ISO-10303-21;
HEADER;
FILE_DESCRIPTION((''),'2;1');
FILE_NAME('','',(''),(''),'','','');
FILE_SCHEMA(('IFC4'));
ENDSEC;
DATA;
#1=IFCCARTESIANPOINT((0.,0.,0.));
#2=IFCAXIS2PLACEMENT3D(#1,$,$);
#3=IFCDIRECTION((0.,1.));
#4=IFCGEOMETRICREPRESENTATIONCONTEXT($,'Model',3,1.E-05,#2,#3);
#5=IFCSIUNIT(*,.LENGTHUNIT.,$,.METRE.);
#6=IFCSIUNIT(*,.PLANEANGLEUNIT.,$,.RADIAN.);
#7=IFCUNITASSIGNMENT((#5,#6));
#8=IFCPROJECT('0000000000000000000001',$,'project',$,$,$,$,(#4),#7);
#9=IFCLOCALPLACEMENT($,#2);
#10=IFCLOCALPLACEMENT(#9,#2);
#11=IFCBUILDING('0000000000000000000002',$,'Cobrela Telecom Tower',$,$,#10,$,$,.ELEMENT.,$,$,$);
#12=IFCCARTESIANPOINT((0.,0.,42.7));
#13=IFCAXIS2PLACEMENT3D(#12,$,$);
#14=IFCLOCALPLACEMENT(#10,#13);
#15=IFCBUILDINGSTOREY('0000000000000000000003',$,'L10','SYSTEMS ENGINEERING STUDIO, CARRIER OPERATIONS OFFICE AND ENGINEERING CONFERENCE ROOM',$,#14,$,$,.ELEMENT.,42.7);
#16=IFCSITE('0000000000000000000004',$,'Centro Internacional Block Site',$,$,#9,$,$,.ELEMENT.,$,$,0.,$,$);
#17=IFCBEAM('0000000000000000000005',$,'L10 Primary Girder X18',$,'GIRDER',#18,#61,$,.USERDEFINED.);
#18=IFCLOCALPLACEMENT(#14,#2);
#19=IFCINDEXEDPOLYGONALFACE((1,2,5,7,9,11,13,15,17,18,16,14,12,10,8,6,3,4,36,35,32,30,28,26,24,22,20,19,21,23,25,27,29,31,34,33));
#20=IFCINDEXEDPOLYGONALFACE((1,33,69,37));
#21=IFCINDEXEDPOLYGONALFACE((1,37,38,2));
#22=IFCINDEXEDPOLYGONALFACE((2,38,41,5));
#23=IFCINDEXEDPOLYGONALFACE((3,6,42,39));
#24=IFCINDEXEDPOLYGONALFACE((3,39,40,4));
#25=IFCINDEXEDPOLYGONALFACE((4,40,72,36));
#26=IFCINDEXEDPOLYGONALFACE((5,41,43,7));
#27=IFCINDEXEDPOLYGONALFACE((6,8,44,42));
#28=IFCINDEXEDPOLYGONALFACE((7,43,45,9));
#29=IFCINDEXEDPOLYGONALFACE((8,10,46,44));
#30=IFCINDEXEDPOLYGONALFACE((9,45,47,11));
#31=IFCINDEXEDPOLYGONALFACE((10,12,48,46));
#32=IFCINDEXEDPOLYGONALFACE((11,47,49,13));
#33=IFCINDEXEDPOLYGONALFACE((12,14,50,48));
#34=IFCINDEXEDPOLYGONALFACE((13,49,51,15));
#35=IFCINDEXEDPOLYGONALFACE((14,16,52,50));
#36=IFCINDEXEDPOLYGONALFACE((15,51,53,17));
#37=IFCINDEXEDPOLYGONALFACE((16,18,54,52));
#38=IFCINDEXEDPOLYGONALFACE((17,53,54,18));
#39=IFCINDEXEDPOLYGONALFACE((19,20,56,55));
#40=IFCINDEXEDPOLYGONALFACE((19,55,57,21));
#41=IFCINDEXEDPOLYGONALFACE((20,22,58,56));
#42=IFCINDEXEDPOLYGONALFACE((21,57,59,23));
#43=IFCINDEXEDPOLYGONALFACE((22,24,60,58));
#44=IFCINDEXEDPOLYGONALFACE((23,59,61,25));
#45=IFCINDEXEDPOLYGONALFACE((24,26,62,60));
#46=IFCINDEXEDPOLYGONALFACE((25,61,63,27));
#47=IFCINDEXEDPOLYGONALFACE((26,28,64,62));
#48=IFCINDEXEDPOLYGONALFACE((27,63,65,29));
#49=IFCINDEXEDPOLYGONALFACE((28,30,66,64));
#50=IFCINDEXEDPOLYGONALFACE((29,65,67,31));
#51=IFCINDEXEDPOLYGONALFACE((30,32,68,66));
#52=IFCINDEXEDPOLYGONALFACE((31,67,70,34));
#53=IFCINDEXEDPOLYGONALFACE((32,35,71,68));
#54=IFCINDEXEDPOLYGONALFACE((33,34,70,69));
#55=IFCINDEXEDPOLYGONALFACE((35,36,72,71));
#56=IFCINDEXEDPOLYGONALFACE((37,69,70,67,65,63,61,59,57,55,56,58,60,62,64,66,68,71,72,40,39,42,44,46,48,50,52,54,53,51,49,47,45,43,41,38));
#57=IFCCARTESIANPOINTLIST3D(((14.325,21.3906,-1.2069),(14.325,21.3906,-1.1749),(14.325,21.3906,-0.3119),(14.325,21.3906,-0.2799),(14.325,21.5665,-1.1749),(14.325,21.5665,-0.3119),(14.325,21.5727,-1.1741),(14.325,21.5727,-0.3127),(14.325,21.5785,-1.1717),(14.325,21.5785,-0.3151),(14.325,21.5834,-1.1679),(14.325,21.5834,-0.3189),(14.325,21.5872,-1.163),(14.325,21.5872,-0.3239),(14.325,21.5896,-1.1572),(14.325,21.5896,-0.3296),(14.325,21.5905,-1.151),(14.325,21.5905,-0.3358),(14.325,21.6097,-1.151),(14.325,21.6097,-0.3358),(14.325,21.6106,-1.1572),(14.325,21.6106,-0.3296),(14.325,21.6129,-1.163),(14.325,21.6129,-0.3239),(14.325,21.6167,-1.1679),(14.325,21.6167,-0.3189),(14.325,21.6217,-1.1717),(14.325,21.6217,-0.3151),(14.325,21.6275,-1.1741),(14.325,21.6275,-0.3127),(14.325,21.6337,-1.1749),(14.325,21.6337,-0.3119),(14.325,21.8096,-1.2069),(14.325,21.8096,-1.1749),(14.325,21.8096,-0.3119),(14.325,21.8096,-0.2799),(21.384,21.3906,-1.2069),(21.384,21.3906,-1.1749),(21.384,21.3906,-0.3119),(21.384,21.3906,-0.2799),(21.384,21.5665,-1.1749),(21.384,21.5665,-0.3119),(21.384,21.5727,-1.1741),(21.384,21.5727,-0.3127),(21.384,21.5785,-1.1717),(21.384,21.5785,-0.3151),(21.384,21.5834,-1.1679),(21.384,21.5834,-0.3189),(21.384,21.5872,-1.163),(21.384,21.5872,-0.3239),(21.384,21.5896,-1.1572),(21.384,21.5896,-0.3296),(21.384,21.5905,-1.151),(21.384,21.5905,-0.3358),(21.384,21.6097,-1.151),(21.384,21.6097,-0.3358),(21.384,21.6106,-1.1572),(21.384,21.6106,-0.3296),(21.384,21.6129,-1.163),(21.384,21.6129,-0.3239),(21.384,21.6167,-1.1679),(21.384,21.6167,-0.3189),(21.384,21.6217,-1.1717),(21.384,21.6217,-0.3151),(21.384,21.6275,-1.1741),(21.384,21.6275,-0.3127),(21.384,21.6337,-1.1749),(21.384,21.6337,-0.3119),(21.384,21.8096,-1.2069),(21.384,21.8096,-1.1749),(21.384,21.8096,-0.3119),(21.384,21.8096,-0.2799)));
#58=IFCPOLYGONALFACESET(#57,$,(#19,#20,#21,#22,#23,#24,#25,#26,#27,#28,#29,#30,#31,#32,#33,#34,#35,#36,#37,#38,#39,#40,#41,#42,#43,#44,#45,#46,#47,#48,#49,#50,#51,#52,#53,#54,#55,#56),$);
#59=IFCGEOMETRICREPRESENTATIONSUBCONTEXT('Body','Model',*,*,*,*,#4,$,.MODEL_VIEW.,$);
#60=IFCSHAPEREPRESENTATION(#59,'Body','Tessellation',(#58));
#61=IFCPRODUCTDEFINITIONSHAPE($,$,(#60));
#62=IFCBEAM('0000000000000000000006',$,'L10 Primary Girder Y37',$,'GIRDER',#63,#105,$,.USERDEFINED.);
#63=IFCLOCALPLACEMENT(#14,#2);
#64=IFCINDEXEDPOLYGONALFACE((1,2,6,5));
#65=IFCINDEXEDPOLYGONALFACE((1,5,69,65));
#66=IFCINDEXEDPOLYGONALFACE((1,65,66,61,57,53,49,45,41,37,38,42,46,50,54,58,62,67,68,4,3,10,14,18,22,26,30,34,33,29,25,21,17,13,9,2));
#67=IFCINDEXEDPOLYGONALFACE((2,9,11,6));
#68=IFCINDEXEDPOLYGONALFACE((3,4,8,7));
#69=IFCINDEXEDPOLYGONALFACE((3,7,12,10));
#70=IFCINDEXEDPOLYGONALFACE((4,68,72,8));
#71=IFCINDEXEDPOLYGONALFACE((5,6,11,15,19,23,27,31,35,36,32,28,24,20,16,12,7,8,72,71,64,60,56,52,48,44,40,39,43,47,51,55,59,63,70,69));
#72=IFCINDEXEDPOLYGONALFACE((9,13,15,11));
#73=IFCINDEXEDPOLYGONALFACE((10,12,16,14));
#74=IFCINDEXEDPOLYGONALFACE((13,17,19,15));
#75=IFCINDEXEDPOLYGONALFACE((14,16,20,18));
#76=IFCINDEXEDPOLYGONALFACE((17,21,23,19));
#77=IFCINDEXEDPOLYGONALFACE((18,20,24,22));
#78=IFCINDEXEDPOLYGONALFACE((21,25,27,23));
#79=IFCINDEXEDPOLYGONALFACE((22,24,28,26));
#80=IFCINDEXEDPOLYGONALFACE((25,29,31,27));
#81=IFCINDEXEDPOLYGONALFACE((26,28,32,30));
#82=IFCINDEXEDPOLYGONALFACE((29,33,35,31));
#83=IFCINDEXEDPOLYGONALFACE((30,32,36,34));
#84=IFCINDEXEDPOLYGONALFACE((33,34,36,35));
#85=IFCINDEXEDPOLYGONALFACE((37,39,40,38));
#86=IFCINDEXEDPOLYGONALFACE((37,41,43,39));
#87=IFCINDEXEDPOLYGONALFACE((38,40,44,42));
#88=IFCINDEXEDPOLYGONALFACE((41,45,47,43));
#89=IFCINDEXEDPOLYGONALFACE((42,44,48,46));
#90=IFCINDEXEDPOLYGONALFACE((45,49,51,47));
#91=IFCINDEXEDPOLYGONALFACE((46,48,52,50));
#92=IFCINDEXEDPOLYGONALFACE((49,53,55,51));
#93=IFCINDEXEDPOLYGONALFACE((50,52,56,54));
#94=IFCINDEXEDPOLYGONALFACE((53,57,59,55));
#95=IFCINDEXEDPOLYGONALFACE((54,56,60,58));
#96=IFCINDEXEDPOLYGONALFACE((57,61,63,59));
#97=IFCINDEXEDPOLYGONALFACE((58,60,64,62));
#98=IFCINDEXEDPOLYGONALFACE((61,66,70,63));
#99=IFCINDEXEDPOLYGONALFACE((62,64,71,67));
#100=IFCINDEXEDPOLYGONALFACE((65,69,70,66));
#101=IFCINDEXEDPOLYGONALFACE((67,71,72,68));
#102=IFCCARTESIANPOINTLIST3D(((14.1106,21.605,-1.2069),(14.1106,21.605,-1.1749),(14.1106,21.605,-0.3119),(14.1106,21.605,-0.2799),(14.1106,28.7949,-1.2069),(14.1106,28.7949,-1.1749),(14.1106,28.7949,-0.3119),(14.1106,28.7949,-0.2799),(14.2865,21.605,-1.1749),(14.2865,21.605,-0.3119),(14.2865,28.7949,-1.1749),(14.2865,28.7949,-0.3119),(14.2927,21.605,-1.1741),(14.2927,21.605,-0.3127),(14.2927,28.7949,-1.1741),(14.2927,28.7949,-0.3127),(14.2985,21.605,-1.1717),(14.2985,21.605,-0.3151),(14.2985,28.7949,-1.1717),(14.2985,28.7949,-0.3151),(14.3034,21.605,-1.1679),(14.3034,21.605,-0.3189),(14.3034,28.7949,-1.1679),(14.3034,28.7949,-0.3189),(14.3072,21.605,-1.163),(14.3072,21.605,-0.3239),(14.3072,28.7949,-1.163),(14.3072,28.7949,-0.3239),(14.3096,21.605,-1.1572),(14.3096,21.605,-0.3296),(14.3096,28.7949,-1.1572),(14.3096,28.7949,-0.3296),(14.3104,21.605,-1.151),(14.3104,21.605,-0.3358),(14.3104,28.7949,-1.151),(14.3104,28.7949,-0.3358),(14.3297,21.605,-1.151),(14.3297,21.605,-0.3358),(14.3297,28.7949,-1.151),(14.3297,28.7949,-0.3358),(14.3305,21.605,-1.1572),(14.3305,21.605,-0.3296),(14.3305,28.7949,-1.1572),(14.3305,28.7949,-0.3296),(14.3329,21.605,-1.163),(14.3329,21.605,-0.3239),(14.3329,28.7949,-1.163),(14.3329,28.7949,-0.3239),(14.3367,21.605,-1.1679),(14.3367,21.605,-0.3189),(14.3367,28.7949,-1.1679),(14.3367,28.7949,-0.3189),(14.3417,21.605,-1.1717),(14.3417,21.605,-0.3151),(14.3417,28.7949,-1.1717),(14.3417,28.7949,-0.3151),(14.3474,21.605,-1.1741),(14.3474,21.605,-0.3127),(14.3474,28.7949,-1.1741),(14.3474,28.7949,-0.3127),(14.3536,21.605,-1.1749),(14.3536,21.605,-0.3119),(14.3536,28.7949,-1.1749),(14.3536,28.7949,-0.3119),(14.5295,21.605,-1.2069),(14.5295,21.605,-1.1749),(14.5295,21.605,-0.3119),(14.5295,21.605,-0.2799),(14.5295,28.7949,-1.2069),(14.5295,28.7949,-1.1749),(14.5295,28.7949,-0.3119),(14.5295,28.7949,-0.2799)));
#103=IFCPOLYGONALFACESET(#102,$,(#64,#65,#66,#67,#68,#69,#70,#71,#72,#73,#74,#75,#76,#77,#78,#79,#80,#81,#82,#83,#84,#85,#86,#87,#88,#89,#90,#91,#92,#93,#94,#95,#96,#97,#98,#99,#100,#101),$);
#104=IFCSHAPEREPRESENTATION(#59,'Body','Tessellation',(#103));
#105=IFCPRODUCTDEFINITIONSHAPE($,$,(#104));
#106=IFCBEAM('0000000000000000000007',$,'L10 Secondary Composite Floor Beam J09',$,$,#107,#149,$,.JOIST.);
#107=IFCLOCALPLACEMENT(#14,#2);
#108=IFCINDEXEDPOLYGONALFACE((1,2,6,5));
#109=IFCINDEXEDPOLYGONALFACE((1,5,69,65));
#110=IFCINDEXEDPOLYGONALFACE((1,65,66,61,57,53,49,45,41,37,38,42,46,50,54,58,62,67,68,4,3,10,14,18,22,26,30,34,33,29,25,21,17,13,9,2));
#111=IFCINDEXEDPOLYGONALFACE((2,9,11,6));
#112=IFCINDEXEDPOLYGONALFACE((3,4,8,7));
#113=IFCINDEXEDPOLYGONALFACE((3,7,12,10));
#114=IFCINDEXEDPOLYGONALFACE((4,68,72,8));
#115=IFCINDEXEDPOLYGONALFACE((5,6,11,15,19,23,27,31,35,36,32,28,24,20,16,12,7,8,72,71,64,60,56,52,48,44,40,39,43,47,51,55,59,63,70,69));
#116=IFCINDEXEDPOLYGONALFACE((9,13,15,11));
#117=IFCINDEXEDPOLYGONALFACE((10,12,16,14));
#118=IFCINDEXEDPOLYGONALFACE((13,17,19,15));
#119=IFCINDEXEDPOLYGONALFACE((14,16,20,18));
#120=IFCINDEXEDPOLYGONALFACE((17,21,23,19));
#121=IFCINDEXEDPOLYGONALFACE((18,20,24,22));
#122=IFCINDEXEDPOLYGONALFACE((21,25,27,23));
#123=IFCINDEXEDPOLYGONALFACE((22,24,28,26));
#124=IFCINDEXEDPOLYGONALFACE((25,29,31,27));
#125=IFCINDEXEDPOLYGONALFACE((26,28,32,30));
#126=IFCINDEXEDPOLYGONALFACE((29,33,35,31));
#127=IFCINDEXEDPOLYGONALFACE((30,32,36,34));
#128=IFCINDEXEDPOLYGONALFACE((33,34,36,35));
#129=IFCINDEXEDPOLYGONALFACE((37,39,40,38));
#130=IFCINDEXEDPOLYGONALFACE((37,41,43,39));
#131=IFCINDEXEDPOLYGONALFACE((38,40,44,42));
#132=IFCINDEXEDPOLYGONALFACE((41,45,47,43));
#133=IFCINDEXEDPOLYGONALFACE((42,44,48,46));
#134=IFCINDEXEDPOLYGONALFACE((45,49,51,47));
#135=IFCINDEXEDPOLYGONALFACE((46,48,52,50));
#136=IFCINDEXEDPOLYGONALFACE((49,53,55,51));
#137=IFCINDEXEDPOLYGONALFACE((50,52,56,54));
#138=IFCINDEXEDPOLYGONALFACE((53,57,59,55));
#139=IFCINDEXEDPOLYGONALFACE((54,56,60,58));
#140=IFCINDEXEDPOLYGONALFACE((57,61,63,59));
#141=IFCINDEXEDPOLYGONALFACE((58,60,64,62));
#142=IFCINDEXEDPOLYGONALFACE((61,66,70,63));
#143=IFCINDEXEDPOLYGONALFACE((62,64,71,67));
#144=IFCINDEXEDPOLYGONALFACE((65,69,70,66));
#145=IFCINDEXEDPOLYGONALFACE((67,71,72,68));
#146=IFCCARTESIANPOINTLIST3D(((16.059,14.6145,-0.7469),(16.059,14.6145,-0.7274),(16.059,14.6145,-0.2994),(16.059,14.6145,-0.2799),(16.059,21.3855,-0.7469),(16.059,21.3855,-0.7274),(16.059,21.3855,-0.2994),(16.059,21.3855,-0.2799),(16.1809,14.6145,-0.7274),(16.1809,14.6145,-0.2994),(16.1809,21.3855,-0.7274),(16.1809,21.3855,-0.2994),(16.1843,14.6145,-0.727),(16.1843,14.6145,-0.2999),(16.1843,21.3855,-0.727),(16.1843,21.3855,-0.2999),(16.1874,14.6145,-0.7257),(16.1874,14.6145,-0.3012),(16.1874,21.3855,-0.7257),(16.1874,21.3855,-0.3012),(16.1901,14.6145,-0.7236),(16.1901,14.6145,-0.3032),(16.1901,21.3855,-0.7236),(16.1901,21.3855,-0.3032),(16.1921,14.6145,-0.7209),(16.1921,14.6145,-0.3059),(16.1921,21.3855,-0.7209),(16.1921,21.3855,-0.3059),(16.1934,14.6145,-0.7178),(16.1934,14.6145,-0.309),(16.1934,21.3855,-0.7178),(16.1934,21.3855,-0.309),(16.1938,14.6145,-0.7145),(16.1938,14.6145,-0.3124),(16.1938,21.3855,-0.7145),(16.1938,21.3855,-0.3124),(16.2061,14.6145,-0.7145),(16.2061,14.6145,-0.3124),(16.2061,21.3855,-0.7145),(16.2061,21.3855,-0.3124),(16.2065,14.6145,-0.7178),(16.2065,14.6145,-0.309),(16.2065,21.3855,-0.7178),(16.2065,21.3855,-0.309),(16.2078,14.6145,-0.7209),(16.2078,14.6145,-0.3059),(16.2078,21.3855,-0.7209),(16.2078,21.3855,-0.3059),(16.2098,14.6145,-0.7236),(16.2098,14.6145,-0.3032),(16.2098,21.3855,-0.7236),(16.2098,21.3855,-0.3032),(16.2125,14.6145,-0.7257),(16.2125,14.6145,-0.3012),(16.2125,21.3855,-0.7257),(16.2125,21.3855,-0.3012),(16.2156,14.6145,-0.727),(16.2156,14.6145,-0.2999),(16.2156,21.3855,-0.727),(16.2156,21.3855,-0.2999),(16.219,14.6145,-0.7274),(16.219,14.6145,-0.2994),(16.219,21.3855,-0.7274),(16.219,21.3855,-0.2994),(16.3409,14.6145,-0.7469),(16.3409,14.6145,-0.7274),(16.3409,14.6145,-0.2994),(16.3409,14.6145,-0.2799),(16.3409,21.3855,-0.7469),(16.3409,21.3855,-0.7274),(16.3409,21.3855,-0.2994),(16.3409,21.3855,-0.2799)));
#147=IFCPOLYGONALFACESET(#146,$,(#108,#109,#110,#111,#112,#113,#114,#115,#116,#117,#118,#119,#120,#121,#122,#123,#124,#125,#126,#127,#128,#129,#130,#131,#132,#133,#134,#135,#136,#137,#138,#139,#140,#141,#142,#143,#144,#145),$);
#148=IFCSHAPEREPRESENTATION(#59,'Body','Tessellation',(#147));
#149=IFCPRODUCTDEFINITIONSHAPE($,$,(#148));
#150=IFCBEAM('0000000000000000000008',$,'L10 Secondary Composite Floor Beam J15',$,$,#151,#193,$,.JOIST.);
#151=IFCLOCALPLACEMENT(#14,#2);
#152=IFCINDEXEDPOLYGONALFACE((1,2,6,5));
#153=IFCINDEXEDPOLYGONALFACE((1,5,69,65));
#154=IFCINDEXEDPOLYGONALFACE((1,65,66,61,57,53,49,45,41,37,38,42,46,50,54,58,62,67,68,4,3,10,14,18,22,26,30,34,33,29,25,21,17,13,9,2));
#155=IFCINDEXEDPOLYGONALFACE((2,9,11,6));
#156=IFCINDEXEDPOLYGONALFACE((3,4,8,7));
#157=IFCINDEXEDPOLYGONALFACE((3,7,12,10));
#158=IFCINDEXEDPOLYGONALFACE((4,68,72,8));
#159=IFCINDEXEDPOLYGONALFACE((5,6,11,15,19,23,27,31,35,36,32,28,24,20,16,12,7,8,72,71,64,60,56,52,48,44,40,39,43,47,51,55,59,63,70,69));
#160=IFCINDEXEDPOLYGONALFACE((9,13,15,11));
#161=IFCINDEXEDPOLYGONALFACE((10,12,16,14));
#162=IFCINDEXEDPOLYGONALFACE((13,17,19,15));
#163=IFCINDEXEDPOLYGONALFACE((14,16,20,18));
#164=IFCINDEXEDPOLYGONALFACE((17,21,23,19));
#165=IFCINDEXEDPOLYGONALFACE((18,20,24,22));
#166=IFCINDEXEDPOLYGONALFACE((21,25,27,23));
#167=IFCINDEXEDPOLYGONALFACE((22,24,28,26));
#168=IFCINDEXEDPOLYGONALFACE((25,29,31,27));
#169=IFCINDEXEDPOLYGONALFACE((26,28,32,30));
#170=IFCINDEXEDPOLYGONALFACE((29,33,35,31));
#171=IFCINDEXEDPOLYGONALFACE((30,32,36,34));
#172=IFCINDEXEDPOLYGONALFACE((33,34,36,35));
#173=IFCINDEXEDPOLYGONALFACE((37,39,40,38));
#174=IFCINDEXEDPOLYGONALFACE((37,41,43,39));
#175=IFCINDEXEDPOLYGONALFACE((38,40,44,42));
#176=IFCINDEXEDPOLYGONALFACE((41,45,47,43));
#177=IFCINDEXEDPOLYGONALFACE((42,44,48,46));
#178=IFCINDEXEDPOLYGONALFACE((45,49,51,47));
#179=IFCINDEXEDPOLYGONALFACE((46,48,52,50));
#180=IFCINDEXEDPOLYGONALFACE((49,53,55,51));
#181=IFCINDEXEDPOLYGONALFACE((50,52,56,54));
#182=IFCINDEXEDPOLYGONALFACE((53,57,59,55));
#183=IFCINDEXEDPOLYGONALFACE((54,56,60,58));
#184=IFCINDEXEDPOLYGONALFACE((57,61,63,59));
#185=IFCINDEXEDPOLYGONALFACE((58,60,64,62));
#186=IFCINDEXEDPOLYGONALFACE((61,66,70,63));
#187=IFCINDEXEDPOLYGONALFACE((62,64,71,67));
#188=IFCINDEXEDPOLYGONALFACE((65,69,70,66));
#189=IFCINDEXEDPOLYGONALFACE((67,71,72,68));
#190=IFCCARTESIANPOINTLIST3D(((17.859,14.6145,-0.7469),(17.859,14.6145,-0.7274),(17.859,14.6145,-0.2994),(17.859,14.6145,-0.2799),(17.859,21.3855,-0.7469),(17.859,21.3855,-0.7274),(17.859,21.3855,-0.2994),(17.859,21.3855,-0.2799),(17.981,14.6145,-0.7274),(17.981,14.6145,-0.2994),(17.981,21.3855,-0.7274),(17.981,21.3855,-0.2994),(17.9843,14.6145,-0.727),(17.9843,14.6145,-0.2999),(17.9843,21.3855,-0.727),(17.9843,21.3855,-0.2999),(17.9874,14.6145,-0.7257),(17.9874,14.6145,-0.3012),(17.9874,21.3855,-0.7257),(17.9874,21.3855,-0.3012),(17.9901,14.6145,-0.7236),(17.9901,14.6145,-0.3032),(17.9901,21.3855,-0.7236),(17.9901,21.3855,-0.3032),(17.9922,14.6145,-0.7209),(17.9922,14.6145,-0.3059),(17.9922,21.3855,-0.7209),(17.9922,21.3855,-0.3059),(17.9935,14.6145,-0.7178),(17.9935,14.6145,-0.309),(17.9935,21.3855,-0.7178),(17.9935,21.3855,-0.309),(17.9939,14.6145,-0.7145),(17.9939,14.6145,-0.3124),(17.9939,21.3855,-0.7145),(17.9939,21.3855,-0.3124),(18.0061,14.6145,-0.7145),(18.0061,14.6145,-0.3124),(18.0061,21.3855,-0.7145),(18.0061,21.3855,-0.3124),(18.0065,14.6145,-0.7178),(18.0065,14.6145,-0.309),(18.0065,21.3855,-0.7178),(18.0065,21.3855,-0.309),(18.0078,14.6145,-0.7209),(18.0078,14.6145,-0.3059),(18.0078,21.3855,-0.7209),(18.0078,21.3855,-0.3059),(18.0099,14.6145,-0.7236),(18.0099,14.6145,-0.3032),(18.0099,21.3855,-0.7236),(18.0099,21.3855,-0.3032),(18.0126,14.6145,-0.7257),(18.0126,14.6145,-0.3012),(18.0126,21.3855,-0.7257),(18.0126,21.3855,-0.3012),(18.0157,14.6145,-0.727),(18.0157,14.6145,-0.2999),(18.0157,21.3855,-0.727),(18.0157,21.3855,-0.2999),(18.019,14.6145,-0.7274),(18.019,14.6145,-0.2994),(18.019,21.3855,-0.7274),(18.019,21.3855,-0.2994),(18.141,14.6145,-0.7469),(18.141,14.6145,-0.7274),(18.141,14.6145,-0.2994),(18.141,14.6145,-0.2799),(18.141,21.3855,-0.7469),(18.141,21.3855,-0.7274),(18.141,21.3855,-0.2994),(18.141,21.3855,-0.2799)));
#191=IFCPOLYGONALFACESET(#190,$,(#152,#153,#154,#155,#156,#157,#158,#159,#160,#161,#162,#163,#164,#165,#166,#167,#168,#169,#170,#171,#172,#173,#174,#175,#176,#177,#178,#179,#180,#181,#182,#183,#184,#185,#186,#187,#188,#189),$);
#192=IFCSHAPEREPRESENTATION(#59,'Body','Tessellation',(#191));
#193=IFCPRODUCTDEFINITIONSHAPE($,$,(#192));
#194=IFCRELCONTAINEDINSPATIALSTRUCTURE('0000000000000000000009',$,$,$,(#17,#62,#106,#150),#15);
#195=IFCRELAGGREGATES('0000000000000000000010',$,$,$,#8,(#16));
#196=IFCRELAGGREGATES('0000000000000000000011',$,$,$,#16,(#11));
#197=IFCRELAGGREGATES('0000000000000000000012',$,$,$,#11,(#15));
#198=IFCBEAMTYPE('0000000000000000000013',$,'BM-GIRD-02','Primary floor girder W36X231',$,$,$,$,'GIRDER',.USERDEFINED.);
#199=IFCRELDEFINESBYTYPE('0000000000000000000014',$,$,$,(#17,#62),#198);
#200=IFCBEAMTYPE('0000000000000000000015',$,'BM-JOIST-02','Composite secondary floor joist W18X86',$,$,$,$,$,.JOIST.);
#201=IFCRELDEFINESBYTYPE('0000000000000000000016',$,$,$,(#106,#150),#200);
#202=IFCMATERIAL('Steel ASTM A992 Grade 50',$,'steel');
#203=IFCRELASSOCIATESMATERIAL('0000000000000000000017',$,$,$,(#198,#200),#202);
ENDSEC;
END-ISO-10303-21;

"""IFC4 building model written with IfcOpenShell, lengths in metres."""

from ifc_helpers import new_model, si_unit, direction, frame, origin, origin_2d, place, context, subcontext, project, spatial, i_section, extrude, material, material_profile, profile_set, type_object, element, save


model = new_model("IFC4")

# Units and contexts
model_context = context("Model", 3, precision=1e-05, world=origin(), true_north=direction((0.0, 1.0)))
body_context = subcontext(model_context, "Body", "Model", "MODEL_VIEW")
ifc_project = project(units=[si_unit("LENGTHUNIT", "METRE"), si_unit("PLANEANGLEUNIT", "RADIAN")], contexts=[model_context])

# Site, building, storey
site_placement = place(None, origin())
site = spatial("IfcSite", under=ifc_project, at=site_placement, Name="Centro Internacional Block Site", CompositionType="ELEMENT", RefElevation=0.0)
building_placement = place(site_placement, origin())
building = spatial("IfcBuilding", under=site, at=building_placement, Name="Cobrela Telecom Tower", CompositionType="ELEMENT")
storey_placement = place(building_placement, frame((0.0, 0.0, 42.7)))
storey = spatial("IfcBuildingStorey", under=building, at=storey_placement, Name="L10", Description="SYSTEMS ENGINEERING STUDIO, CARRIER OPERATIONS OFFICE AND ENGINEERING CONFERENCE ROOM", CompositionType="ELEMENT", Elevation=42.7)

# Beams
ifc_material_1 = material(Name="Steel ASTM A992 Grade 50", Category="steel")
ifc_material_profile_1 = material_profile(ifc_material_1, i_section(OverallWidth=0.4189, OverallDepth=0.927, WebThickness=0.0193, FlangeThickness=0.032, FilletRadius=0.0239, at=origin_2d()), Name="W36X231")
ifc_profile_set_1 = profile_set([ifc_material_profile_1], Name="Steel ASTM A992 Grade 50")
beam_type_1 = type_object("IfcBeamType", Name="BM-GIRD-02", Description="Primary floor girder W36X231", ElementType="GIRDER", PredefinedType="USERDEFINED", material=ifc_profile_set_1)
beam_1_placement = place(storey_placement, frame((14.325, 21.6001, -0.7434), z_axis=(1.0, 0.0, 0.0), x_axis=(0.0, 1.0, 0.0)))
element("IfcBeam", 1, at=beam_1_placement, inside=storey, type_object=beam_type_1, Name="L10 Primary Girder X18", ObjectType="GIRDER", PredefinedType="USERDEFINED", context=body_context, shape_type="SweptSolid", body=[
    extrude(i_section(OverallWidth=0.4189, OverallDepth=0.927, WebThickness=0.0193, FlangeThickness=0.032, FilletRadius=0.0239, at=origin_2d()), origin(), (0.0, 0.0, 1.0), 7.0591),
])
beam_2_placement = place(storey_placement, frame((14.3201, 21.605, -0.7434), z_axis=(0.0, 1.0, 0.0), x_axis=(-1.0, 0.0, 0.0)))
element("IfcBeam", 2, at=beam_2_placement, inside=storey, type_object=beam_type_1, Name="L10 Primary Girder Y37", ObjectType="GIRDER", PredefinedType="USERDEFINED", context=body_context, shape_type="SweptSolid", body=[
    extrude(i_section(OverallWidth=0.4189, OverallDepth=0.927, WebThickness=0.0193, FlangeThickness=0.032, FilletRadius=0.0239, at=origin_2d()), origin(), (0.0, 0.0, 1.0), 7.1899),
])
ifc_material_profile_2 = material_profile(ifc_material_1, i_section(OverallWidth=0.282, OverallDepth=0.467, WebThickness=0.0122, FlangeThickness=0.0195, FilletRadius=0.0129, at=origin_2d()), Name="W18X86")
ifc_profile_set_2 = profile_set([ifc_material_profile_2], Name="Steel ASTM A992 Grade 50")
beam_type_2 = type_object("IfcBeamType", Name="BM-JOIST-02", Description="Composite secondary floor joist W18X86", PredefinedType="JOIST", material=ifc_profile_set_2)
for number, where, z_axis, x_axis, name in (
    (3, (16.2, 14.6145, -0.5134), (0.0, 1.0, 0.0), (-1.0, 0.0, 0.0), "L10 Secondary Composite Floor Beam J09"),
    (4, (18.0, 14.6145, -0.5134), (0.0, 1.0, 0.0), (-1.0, 0.0, 0.0), "L10 Secondary Composite Floor Beam J15"),
):
    element("IfcBeam", number, at=place(storey_placement, frame(where, z_axis=z_axis, x_axis=x_axis)), inside=storey, type_object=beam_type_2, Name=name, PredefinedType="JOIST", context=body_context, shape_type="SweptSolid", body=[
        extrude(i_section(OverallWidth=0.282, OverallDepth=0.467, WebThickness=0.0122, FlangeThickness=0.0195, FilletRadius=0.0129, at=origin_2d()), origin(), (0.0, 0.0, 1.0), 6.771),
    ])

save(model, "model.ifc")
